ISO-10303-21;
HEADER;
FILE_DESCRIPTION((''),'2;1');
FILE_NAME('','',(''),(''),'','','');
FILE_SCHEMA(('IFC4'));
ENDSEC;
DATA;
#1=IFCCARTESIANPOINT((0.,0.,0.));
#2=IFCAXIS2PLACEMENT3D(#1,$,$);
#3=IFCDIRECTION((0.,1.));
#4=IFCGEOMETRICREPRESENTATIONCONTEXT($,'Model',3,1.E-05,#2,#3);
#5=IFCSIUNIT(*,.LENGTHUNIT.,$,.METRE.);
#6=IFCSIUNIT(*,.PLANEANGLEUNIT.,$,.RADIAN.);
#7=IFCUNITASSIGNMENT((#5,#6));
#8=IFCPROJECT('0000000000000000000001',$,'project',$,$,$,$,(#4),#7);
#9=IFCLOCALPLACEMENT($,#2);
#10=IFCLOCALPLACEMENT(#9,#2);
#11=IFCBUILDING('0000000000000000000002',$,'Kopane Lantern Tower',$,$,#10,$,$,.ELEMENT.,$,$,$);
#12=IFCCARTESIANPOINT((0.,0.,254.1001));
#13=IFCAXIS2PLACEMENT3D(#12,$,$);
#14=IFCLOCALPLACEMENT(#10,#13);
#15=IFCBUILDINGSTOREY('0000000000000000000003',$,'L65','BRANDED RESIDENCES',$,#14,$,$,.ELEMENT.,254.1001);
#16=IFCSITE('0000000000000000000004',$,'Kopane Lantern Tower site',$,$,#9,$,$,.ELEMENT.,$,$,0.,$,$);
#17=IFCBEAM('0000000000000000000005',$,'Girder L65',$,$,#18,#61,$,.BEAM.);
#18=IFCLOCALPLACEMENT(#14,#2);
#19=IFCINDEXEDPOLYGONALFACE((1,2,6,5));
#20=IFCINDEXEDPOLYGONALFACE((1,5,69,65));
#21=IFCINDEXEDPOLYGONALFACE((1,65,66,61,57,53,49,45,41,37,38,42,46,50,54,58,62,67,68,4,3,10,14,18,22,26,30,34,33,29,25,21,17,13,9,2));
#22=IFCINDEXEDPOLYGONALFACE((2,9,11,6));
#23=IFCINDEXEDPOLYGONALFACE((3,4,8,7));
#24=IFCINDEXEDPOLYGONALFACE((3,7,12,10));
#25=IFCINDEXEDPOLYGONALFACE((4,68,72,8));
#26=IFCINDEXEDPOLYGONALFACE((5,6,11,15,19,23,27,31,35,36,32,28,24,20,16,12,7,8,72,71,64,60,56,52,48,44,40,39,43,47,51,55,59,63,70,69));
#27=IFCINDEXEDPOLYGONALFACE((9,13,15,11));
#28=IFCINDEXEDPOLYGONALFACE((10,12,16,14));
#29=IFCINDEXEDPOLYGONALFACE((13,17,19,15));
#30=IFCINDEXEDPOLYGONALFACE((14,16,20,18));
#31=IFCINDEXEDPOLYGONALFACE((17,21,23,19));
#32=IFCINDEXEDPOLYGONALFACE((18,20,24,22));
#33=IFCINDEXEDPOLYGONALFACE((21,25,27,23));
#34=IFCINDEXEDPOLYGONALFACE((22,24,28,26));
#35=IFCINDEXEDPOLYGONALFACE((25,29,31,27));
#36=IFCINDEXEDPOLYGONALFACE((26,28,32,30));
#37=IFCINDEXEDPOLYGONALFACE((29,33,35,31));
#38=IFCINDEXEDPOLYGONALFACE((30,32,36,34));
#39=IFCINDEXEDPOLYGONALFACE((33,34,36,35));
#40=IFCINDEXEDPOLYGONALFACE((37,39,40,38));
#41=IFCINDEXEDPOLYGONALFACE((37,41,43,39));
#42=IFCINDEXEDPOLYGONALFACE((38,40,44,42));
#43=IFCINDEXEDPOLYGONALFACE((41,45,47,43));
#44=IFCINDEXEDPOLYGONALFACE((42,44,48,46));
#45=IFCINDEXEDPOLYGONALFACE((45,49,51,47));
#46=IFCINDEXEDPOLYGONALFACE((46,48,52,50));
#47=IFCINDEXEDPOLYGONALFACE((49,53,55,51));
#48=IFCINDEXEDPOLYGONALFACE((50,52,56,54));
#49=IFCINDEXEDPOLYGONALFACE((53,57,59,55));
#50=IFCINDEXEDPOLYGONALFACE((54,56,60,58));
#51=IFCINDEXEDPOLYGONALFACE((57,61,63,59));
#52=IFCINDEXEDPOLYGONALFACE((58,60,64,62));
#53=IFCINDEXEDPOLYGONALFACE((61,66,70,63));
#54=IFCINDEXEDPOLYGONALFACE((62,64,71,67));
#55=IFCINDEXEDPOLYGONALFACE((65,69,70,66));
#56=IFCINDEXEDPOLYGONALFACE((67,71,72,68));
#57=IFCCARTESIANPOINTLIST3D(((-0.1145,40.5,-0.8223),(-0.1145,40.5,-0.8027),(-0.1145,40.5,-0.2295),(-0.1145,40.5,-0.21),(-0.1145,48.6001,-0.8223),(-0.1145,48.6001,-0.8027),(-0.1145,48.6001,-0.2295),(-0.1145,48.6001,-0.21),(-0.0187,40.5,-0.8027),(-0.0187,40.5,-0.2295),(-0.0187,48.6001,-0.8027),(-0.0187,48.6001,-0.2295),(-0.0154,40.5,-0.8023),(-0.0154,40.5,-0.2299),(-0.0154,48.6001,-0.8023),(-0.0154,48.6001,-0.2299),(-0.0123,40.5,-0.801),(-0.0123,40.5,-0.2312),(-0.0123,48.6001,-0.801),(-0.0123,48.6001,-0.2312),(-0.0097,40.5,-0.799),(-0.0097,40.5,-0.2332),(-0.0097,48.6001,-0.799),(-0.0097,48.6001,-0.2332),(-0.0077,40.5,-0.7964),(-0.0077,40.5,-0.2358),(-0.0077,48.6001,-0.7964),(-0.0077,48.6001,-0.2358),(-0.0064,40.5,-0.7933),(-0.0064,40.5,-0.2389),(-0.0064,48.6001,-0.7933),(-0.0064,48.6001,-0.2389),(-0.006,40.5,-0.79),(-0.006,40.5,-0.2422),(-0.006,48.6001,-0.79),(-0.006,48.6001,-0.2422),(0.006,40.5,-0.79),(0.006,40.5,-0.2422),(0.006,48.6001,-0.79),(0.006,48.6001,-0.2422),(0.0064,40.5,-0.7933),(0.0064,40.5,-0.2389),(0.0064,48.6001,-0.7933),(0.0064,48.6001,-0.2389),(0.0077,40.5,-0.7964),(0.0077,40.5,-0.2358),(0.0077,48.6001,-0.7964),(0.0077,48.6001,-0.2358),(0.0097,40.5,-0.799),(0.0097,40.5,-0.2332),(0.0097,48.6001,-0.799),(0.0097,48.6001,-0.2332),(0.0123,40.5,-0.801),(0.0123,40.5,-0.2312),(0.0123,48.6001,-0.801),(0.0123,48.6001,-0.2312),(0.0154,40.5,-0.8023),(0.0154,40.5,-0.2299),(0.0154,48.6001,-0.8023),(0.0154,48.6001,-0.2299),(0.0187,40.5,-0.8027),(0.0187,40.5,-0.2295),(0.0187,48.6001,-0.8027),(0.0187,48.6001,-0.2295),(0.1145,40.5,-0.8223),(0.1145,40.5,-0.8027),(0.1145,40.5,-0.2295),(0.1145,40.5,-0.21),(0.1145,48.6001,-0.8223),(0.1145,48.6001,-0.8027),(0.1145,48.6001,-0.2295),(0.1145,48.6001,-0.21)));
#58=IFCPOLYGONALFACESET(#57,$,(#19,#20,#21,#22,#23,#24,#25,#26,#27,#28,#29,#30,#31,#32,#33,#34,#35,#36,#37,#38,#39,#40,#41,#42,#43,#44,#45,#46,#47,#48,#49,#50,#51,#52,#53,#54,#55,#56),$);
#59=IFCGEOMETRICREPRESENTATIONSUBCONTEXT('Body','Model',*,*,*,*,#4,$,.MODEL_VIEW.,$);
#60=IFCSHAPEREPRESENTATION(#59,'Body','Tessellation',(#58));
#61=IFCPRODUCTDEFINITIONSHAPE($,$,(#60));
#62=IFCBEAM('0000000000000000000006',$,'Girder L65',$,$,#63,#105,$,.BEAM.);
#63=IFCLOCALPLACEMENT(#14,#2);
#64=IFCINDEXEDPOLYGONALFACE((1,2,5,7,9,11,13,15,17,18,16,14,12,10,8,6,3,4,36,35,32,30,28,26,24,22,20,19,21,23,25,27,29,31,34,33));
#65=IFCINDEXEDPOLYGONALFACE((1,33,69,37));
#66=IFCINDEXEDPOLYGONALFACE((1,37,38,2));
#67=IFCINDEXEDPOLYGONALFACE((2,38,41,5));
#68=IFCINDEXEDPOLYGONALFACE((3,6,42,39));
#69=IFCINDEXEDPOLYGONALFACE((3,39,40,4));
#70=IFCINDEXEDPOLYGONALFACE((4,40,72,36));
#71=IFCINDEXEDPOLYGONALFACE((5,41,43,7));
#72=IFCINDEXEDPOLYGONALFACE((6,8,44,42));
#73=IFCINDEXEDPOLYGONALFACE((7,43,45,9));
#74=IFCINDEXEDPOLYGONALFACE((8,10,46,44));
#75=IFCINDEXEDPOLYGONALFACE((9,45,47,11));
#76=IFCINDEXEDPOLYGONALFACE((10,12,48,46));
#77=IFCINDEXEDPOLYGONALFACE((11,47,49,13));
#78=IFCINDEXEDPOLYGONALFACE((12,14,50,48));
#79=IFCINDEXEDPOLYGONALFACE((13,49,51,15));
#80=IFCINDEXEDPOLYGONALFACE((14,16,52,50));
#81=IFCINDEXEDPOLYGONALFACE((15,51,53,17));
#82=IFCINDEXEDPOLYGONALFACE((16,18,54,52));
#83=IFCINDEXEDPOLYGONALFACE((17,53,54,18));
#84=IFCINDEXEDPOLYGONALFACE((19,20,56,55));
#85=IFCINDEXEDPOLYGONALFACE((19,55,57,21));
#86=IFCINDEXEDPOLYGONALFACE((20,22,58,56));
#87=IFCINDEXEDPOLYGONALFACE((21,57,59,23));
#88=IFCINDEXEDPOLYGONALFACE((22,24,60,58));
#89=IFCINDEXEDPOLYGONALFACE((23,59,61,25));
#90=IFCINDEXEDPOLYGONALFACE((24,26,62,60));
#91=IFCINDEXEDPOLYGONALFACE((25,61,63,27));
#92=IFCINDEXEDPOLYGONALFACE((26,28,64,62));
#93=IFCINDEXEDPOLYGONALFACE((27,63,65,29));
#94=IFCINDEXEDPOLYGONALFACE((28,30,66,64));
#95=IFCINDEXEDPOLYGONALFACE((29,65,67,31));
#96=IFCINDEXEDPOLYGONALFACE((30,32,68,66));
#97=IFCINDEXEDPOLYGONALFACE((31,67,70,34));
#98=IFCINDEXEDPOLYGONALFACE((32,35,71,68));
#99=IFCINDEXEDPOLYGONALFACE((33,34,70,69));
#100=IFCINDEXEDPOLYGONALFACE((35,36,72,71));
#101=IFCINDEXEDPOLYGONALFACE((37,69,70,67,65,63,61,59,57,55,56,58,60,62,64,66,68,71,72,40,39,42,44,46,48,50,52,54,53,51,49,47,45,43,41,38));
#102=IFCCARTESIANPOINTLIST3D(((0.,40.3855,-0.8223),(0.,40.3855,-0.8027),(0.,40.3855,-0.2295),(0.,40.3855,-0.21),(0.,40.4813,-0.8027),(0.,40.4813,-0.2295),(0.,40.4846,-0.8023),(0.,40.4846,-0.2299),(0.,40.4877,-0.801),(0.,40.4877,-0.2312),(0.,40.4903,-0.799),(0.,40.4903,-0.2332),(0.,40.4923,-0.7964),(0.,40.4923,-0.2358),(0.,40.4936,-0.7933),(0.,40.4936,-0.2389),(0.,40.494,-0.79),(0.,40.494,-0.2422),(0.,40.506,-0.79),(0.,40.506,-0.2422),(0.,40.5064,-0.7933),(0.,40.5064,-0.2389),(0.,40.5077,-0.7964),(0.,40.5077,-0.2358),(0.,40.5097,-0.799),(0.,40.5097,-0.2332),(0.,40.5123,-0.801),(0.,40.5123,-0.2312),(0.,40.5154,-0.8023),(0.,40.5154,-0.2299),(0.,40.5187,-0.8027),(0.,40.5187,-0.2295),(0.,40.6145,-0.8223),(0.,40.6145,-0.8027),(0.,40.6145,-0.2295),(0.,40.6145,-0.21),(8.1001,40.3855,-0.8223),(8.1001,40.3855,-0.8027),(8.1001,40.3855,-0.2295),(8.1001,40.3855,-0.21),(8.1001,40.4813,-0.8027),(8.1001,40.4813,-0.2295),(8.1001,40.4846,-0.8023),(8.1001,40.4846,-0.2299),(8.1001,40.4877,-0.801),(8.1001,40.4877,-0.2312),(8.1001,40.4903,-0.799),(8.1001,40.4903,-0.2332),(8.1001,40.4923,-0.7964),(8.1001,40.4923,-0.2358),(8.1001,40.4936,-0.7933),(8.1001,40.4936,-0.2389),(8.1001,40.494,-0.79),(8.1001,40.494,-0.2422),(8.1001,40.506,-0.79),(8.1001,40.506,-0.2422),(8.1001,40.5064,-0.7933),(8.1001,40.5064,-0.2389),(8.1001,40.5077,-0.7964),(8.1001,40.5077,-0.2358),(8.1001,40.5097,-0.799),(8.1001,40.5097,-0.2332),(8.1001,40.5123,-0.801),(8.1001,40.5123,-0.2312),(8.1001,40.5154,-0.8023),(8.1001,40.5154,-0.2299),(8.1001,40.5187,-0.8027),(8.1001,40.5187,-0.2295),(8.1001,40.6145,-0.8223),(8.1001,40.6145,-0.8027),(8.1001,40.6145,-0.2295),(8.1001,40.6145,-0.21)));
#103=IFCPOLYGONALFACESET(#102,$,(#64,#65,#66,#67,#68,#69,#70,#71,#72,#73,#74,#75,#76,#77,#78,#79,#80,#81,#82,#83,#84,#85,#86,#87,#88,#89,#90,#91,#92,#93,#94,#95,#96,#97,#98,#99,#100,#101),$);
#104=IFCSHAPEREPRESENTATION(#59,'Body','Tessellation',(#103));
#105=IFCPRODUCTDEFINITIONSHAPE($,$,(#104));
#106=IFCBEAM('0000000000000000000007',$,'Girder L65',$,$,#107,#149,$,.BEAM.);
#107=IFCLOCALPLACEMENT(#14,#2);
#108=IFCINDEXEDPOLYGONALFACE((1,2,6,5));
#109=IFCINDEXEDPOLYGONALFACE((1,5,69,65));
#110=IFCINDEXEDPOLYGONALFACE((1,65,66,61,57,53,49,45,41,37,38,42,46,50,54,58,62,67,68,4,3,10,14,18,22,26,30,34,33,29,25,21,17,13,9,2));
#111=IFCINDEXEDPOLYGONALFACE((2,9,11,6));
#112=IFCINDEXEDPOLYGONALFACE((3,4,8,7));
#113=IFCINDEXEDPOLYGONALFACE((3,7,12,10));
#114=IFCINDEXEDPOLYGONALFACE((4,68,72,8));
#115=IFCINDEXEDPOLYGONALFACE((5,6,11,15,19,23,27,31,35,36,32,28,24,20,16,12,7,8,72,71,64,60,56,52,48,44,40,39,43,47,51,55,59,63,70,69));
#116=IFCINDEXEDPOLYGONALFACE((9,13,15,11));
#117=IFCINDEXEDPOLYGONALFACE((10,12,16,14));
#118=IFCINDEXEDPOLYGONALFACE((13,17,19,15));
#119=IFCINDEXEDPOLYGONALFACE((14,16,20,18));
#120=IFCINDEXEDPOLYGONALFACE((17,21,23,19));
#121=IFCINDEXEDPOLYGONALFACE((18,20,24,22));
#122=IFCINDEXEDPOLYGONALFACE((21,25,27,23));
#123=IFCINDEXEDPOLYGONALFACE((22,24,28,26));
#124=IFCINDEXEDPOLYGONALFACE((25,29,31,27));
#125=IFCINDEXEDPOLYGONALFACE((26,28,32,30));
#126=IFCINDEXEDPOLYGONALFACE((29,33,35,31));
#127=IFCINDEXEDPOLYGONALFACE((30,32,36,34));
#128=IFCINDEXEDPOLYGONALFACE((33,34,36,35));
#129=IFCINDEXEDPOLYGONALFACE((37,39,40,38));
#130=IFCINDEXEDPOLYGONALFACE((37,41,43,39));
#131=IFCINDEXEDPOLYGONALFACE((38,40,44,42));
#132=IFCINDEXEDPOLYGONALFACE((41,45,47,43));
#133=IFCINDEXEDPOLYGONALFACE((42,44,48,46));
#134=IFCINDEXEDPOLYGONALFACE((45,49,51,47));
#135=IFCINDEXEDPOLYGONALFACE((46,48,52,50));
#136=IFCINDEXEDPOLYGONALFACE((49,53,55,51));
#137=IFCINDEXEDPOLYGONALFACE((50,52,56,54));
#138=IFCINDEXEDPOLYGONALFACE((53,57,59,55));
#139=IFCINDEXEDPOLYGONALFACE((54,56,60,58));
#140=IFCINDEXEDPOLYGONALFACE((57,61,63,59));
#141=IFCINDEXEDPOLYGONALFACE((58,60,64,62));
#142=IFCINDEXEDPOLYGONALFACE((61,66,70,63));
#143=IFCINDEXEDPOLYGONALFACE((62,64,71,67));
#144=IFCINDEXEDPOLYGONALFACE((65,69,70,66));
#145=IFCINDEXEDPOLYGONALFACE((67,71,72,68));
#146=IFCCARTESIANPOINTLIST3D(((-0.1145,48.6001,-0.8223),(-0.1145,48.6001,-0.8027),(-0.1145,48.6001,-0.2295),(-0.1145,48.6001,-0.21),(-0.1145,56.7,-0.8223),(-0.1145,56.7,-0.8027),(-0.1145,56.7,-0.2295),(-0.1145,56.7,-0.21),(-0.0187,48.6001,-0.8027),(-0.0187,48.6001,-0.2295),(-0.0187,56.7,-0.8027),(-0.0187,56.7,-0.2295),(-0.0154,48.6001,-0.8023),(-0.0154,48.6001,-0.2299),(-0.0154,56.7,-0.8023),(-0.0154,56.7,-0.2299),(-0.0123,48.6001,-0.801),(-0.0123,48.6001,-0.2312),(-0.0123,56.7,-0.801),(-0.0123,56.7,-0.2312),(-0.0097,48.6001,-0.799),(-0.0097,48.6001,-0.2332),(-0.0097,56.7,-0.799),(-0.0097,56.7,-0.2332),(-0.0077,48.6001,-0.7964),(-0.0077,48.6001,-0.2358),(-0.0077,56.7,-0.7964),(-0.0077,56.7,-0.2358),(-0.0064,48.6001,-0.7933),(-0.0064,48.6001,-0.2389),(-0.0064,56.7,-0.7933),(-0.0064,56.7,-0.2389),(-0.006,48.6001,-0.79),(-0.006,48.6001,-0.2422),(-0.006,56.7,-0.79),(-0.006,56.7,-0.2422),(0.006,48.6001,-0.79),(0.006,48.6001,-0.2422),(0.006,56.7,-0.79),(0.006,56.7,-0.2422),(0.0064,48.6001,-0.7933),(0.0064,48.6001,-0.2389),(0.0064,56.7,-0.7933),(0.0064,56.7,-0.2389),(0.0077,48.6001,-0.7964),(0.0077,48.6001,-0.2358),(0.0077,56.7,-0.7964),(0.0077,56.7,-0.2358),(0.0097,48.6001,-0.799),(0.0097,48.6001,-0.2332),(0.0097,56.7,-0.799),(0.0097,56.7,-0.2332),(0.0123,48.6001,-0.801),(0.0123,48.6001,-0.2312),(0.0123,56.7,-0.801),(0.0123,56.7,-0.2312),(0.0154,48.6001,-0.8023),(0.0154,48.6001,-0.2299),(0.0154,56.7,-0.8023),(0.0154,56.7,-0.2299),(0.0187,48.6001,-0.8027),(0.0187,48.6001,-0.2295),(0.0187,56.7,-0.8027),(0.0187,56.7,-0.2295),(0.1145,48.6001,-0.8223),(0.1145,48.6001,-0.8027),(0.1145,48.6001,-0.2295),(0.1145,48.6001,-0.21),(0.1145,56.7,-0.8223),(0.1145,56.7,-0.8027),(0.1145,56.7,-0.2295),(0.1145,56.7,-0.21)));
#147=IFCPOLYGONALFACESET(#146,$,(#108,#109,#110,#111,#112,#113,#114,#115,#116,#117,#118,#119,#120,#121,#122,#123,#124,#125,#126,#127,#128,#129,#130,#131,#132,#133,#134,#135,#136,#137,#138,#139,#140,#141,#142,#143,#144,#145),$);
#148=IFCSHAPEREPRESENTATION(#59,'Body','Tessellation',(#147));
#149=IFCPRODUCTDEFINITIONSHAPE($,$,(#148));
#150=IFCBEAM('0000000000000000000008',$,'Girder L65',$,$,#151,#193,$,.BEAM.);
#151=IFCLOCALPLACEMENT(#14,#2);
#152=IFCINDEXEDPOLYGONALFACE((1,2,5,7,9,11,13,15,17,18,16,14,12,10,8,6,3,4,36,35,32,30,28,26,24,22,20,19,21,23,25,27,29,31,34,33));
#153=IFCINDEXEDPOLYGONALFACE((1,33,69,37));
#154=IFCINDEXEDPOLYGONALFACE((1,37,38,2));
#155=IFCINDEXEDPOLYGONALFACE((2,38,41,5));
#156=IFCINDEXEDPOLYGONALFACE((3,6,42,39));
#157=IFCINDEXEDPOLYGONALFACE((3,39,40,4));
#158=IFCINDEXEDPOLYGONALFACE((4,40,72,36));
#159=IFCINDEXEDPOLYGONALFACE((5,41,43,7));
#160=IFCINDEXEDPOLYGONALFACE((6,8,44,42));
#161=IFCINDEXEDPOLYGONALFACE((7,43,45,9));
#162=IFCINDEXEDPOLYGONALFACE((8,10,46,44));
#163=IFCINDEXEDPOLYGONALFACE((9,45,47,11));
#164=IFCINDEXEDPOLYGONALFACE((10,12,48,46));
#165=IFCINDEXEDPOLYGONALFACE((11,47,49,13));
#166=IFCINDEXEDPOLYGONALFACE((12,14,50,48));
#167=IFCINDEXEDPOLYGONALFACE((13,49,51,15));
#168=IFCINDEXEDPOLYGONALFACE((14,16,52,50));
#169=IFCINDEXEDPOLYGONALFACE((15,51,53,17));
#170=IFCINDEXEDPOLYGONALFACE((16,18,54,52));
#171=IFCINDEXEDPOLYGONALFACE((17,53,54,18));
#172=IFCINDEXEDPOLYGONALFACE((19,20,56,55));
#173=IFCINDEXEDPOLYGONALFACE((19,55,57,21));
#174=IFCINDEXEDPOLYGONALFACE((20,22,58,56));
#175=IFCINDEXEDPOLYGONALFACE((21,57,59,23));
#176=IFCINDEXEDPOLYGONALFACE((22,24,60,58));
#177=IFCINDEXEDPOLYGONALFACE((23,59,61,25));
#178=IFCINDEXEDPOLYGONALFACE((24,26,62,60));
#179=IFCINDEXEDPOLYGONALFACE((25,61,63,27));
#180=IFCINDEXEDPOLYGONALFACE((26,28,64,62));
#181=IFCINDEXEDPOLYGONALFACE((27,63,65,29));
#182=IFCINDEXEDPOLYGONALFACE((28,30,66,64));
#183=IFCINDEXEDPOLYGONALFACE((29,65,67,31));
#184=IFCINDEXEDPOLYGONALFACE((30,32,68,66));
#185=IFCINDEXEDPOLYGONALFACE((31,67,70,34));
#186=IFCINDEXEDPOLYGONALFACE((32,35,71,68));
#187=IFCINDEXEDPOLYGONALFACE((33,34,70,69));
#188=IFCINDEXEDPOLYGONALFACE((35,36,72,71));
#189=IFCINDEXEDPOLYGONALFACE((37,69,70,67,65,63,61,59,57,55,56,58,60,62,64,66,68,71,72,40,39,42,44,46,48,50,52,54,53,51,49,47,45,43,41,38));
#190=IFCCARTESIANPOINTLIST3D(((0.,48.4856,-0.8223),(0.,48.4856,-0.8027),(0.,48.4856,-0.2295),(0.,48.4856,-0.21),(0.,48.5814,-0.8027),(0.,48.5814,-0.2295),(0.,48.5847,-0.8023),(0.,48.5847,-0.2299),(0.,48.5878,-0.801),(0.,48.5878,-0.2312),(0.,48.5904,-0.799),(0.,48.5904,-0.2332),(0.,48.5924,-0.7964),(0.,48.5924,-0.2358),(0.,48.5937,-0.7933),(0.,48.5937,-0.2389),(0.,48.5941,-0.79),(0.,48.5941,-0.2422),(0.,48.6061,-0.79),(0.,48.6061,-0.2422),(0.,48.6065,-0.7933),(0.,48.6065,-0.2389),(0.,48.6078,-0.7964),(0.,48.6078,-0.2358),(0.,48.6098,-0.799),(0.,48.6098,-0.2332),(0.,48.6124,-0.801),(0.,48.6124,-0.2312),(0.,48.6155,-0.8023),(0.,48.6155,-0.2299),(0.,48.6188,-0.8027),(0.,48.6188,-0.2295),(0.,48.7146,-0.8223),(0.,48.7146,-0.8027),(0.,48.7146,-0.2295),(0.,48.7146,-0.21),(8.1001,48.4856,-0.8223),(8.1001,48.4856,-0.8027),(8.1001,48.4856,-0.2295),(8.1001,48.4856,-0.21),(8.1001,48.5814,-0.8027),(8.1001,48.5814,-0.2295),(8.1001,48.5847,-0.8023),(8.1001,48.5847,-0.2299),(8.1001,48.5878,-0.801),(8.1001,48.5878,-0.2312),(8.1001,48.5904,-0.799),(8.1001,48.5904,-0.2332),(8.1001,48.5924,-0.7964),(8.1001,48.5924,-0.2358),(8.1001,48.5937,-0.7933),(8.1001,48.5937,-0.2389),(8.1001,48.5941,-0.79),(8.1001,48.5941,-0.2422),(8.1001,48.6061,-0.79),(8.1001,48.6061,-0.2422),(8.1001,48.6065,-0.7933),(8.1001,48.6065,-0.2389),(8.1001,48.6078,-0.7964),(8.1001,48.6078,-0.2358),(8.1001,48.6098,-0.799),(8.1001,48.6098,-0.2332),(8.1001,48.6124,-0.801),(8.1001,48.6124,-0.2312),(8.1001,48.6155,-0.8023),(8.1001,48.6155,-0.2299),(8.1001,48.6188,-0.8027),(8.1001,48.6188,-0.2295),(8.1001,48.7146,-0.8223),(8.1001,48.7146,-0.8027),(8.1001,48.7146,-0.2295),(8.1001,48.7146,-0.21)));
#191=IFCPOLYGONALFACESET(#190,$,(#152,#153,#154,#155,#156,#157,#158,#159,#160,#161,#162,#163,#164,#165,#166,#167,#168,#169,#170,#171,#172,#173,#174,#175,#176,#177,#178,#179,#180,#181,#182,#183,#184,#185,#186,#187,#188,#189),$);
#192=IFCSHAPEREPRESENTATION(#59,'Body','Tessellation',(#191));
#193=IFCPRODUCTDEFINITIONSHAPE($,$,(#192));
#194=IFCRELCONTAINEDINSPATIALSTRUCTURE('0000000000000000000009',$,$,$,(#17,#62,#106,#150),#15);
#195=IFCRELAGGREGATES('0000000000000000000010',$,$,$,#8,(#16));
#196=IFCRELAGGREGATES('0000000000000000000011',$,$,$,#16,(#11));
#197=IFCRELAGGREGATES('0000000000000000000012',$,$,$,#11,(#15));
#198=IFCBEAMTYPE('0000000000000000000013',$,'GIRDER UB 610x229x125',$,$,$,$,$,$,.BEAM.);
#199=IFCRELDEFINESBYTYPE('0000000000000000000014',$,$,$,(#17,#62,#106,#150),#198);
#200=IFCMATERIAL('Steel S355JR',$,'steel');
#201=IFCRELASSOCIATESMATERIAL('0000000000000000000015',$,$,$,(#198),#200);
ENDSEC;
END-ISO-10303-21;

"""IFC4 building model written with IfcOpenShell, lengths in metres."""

from ifc_helpers import new_model, si_unit, direction, frame, origin, origin_2d, place, context, subcontext, project, spatial, i_section, extrude, material, material_profile, profile_set, type_object, element, save


model = new_model("IFC4")

# Units and contexts
model_context = context("Model", 3, precision=1e-05, world=origin(), true_north=direction((0.0, 1.0)))
body_context = subcontext(model_context, "Body", "Model", "MODEL_VIEW")
ifc_project = project(units=[si_unit("LENGTHUNIT", "METRE"), si_unit("PLANEANGLEUNIT", "RADIAN")], contexts=[model_context])

# Site, building, storey
site_placement = place(None, origin())
site = spatial("IfcSite", under=ifc_project, at=site_placement, Name="Kopane Lantern Tower site", CompositionType="ELEMENT", RefElevation=0.0)
building_placement = place(site_placement, origin())
building = spatial("IfcBuilding", under=site, at=building_placement, Name="Kopane Lantern Tower", CompositionType="ELEMENT")
storey_placement = place(building_placement, frame((0.0, 0.0, 254.1001)))
storey = spatial("IfcBuildingStorey", under=building, at=storey_placement, Name="L65", Description="BRANDED RESIDENCES", CompositionType="ELEMENT", Elevation=254.1001)

# Beams
ifc_material_1 = material(Name="Steel S355JR", Category="steel")
ifc_material_profile_1 = material_profile(ifc_material_1, i_section(OverallWidth=0.229, OverallDepth=0.6123, WebThickness=0.012, FlangeThickness=0.0195, FilletRadius=0.0127, at=origin_2d()), Name="UB 610x229x125")
ifc_profile_set_1 = profile_set([ifc_material_profile_1], Name="Steel S355JR")
beam_type = type_object("IfcBeamType", Name="GIRDER UB 610x229x125", PredefinedType="BEAM", material=ifc_profile_set_1)
for number, where, z_axis, x_axis, name in (
    (1, (0.0, 40.5, -0.5161), (0.0, 1.0, 0.0), (-1.0, 0.0, 0.0), "Girder L65"),
    (2, (0.0, 40.5, -0.5161), (1.0, 0.0, 0.0), (0.0, 1.0, 0.0), "Girder L65"),
):
    element("IfcBeam", number, at=place(storey_placement, frame(where, z_axis=z_axis, x_axis=x_axis)), inside=storey, type_object=beam_type, Name=name, PredefinedType="BEAM", context=body_context, shape_type="SweptSolid", body=[
        extrude(i_section(OverallWidth=0.229, OverallDepth=0.6123, WebThickness=0.012, FlangeThickness=0.0195, FilletRadius=0.0127, at=origin_2d()), origin(), (0.0, 0.0, 1.0), 8.1001),
    ])
beam_placement = place(storey_placement, frame((0.0, 48.6001, -0.5161), z_axis=(0.0, 1.0, 0.0), x_axis=(-1.0, 0.0, 0.0)))
element("IfcBeam", 3, at=beam_placement, inside=storey, type_object=beam_type, Name="Girder L65", PredefinedType="BEAM", context=body_context, shape_type="SweptSolid", body=[
    extrude(i_section(OverallWidth=0.229, OverallDepth=0.6123, WebThickness=0.012, FlangeThickness=0.0195, FilletRadius=0.0127, at=origin_2d()), origin(), (0.0, 0.0, 1.0), 8.0999),
])
for number, where, z_axis, x_axis, name in (
    (4, (0.0, 48.6001, -0.5161), (1.0, 0.0, 0.0), (0.0, 1.0, 0.0), "Girder L65"),
):
    element("IfcBeam", number, at=place(storey_placement, frame(where, z_axis=z_axis, x_axis=x_axis)), inside=storey, type_object=beam_type, Name=name, PredefinedType="BEAM", context=body_context, shape_type="SweptSolid", body=[
        extrude(i_section(OverallWidth=0.229, OverallDepth=0.6123, WebThickness=0.012, FlangeThickness=0.0195, FilletRadius=0.0127, at=origin_2d()), origin(), (0.0, 0.0, 1.0), 8.1001),
    ])

save(model, "model.ifc")
